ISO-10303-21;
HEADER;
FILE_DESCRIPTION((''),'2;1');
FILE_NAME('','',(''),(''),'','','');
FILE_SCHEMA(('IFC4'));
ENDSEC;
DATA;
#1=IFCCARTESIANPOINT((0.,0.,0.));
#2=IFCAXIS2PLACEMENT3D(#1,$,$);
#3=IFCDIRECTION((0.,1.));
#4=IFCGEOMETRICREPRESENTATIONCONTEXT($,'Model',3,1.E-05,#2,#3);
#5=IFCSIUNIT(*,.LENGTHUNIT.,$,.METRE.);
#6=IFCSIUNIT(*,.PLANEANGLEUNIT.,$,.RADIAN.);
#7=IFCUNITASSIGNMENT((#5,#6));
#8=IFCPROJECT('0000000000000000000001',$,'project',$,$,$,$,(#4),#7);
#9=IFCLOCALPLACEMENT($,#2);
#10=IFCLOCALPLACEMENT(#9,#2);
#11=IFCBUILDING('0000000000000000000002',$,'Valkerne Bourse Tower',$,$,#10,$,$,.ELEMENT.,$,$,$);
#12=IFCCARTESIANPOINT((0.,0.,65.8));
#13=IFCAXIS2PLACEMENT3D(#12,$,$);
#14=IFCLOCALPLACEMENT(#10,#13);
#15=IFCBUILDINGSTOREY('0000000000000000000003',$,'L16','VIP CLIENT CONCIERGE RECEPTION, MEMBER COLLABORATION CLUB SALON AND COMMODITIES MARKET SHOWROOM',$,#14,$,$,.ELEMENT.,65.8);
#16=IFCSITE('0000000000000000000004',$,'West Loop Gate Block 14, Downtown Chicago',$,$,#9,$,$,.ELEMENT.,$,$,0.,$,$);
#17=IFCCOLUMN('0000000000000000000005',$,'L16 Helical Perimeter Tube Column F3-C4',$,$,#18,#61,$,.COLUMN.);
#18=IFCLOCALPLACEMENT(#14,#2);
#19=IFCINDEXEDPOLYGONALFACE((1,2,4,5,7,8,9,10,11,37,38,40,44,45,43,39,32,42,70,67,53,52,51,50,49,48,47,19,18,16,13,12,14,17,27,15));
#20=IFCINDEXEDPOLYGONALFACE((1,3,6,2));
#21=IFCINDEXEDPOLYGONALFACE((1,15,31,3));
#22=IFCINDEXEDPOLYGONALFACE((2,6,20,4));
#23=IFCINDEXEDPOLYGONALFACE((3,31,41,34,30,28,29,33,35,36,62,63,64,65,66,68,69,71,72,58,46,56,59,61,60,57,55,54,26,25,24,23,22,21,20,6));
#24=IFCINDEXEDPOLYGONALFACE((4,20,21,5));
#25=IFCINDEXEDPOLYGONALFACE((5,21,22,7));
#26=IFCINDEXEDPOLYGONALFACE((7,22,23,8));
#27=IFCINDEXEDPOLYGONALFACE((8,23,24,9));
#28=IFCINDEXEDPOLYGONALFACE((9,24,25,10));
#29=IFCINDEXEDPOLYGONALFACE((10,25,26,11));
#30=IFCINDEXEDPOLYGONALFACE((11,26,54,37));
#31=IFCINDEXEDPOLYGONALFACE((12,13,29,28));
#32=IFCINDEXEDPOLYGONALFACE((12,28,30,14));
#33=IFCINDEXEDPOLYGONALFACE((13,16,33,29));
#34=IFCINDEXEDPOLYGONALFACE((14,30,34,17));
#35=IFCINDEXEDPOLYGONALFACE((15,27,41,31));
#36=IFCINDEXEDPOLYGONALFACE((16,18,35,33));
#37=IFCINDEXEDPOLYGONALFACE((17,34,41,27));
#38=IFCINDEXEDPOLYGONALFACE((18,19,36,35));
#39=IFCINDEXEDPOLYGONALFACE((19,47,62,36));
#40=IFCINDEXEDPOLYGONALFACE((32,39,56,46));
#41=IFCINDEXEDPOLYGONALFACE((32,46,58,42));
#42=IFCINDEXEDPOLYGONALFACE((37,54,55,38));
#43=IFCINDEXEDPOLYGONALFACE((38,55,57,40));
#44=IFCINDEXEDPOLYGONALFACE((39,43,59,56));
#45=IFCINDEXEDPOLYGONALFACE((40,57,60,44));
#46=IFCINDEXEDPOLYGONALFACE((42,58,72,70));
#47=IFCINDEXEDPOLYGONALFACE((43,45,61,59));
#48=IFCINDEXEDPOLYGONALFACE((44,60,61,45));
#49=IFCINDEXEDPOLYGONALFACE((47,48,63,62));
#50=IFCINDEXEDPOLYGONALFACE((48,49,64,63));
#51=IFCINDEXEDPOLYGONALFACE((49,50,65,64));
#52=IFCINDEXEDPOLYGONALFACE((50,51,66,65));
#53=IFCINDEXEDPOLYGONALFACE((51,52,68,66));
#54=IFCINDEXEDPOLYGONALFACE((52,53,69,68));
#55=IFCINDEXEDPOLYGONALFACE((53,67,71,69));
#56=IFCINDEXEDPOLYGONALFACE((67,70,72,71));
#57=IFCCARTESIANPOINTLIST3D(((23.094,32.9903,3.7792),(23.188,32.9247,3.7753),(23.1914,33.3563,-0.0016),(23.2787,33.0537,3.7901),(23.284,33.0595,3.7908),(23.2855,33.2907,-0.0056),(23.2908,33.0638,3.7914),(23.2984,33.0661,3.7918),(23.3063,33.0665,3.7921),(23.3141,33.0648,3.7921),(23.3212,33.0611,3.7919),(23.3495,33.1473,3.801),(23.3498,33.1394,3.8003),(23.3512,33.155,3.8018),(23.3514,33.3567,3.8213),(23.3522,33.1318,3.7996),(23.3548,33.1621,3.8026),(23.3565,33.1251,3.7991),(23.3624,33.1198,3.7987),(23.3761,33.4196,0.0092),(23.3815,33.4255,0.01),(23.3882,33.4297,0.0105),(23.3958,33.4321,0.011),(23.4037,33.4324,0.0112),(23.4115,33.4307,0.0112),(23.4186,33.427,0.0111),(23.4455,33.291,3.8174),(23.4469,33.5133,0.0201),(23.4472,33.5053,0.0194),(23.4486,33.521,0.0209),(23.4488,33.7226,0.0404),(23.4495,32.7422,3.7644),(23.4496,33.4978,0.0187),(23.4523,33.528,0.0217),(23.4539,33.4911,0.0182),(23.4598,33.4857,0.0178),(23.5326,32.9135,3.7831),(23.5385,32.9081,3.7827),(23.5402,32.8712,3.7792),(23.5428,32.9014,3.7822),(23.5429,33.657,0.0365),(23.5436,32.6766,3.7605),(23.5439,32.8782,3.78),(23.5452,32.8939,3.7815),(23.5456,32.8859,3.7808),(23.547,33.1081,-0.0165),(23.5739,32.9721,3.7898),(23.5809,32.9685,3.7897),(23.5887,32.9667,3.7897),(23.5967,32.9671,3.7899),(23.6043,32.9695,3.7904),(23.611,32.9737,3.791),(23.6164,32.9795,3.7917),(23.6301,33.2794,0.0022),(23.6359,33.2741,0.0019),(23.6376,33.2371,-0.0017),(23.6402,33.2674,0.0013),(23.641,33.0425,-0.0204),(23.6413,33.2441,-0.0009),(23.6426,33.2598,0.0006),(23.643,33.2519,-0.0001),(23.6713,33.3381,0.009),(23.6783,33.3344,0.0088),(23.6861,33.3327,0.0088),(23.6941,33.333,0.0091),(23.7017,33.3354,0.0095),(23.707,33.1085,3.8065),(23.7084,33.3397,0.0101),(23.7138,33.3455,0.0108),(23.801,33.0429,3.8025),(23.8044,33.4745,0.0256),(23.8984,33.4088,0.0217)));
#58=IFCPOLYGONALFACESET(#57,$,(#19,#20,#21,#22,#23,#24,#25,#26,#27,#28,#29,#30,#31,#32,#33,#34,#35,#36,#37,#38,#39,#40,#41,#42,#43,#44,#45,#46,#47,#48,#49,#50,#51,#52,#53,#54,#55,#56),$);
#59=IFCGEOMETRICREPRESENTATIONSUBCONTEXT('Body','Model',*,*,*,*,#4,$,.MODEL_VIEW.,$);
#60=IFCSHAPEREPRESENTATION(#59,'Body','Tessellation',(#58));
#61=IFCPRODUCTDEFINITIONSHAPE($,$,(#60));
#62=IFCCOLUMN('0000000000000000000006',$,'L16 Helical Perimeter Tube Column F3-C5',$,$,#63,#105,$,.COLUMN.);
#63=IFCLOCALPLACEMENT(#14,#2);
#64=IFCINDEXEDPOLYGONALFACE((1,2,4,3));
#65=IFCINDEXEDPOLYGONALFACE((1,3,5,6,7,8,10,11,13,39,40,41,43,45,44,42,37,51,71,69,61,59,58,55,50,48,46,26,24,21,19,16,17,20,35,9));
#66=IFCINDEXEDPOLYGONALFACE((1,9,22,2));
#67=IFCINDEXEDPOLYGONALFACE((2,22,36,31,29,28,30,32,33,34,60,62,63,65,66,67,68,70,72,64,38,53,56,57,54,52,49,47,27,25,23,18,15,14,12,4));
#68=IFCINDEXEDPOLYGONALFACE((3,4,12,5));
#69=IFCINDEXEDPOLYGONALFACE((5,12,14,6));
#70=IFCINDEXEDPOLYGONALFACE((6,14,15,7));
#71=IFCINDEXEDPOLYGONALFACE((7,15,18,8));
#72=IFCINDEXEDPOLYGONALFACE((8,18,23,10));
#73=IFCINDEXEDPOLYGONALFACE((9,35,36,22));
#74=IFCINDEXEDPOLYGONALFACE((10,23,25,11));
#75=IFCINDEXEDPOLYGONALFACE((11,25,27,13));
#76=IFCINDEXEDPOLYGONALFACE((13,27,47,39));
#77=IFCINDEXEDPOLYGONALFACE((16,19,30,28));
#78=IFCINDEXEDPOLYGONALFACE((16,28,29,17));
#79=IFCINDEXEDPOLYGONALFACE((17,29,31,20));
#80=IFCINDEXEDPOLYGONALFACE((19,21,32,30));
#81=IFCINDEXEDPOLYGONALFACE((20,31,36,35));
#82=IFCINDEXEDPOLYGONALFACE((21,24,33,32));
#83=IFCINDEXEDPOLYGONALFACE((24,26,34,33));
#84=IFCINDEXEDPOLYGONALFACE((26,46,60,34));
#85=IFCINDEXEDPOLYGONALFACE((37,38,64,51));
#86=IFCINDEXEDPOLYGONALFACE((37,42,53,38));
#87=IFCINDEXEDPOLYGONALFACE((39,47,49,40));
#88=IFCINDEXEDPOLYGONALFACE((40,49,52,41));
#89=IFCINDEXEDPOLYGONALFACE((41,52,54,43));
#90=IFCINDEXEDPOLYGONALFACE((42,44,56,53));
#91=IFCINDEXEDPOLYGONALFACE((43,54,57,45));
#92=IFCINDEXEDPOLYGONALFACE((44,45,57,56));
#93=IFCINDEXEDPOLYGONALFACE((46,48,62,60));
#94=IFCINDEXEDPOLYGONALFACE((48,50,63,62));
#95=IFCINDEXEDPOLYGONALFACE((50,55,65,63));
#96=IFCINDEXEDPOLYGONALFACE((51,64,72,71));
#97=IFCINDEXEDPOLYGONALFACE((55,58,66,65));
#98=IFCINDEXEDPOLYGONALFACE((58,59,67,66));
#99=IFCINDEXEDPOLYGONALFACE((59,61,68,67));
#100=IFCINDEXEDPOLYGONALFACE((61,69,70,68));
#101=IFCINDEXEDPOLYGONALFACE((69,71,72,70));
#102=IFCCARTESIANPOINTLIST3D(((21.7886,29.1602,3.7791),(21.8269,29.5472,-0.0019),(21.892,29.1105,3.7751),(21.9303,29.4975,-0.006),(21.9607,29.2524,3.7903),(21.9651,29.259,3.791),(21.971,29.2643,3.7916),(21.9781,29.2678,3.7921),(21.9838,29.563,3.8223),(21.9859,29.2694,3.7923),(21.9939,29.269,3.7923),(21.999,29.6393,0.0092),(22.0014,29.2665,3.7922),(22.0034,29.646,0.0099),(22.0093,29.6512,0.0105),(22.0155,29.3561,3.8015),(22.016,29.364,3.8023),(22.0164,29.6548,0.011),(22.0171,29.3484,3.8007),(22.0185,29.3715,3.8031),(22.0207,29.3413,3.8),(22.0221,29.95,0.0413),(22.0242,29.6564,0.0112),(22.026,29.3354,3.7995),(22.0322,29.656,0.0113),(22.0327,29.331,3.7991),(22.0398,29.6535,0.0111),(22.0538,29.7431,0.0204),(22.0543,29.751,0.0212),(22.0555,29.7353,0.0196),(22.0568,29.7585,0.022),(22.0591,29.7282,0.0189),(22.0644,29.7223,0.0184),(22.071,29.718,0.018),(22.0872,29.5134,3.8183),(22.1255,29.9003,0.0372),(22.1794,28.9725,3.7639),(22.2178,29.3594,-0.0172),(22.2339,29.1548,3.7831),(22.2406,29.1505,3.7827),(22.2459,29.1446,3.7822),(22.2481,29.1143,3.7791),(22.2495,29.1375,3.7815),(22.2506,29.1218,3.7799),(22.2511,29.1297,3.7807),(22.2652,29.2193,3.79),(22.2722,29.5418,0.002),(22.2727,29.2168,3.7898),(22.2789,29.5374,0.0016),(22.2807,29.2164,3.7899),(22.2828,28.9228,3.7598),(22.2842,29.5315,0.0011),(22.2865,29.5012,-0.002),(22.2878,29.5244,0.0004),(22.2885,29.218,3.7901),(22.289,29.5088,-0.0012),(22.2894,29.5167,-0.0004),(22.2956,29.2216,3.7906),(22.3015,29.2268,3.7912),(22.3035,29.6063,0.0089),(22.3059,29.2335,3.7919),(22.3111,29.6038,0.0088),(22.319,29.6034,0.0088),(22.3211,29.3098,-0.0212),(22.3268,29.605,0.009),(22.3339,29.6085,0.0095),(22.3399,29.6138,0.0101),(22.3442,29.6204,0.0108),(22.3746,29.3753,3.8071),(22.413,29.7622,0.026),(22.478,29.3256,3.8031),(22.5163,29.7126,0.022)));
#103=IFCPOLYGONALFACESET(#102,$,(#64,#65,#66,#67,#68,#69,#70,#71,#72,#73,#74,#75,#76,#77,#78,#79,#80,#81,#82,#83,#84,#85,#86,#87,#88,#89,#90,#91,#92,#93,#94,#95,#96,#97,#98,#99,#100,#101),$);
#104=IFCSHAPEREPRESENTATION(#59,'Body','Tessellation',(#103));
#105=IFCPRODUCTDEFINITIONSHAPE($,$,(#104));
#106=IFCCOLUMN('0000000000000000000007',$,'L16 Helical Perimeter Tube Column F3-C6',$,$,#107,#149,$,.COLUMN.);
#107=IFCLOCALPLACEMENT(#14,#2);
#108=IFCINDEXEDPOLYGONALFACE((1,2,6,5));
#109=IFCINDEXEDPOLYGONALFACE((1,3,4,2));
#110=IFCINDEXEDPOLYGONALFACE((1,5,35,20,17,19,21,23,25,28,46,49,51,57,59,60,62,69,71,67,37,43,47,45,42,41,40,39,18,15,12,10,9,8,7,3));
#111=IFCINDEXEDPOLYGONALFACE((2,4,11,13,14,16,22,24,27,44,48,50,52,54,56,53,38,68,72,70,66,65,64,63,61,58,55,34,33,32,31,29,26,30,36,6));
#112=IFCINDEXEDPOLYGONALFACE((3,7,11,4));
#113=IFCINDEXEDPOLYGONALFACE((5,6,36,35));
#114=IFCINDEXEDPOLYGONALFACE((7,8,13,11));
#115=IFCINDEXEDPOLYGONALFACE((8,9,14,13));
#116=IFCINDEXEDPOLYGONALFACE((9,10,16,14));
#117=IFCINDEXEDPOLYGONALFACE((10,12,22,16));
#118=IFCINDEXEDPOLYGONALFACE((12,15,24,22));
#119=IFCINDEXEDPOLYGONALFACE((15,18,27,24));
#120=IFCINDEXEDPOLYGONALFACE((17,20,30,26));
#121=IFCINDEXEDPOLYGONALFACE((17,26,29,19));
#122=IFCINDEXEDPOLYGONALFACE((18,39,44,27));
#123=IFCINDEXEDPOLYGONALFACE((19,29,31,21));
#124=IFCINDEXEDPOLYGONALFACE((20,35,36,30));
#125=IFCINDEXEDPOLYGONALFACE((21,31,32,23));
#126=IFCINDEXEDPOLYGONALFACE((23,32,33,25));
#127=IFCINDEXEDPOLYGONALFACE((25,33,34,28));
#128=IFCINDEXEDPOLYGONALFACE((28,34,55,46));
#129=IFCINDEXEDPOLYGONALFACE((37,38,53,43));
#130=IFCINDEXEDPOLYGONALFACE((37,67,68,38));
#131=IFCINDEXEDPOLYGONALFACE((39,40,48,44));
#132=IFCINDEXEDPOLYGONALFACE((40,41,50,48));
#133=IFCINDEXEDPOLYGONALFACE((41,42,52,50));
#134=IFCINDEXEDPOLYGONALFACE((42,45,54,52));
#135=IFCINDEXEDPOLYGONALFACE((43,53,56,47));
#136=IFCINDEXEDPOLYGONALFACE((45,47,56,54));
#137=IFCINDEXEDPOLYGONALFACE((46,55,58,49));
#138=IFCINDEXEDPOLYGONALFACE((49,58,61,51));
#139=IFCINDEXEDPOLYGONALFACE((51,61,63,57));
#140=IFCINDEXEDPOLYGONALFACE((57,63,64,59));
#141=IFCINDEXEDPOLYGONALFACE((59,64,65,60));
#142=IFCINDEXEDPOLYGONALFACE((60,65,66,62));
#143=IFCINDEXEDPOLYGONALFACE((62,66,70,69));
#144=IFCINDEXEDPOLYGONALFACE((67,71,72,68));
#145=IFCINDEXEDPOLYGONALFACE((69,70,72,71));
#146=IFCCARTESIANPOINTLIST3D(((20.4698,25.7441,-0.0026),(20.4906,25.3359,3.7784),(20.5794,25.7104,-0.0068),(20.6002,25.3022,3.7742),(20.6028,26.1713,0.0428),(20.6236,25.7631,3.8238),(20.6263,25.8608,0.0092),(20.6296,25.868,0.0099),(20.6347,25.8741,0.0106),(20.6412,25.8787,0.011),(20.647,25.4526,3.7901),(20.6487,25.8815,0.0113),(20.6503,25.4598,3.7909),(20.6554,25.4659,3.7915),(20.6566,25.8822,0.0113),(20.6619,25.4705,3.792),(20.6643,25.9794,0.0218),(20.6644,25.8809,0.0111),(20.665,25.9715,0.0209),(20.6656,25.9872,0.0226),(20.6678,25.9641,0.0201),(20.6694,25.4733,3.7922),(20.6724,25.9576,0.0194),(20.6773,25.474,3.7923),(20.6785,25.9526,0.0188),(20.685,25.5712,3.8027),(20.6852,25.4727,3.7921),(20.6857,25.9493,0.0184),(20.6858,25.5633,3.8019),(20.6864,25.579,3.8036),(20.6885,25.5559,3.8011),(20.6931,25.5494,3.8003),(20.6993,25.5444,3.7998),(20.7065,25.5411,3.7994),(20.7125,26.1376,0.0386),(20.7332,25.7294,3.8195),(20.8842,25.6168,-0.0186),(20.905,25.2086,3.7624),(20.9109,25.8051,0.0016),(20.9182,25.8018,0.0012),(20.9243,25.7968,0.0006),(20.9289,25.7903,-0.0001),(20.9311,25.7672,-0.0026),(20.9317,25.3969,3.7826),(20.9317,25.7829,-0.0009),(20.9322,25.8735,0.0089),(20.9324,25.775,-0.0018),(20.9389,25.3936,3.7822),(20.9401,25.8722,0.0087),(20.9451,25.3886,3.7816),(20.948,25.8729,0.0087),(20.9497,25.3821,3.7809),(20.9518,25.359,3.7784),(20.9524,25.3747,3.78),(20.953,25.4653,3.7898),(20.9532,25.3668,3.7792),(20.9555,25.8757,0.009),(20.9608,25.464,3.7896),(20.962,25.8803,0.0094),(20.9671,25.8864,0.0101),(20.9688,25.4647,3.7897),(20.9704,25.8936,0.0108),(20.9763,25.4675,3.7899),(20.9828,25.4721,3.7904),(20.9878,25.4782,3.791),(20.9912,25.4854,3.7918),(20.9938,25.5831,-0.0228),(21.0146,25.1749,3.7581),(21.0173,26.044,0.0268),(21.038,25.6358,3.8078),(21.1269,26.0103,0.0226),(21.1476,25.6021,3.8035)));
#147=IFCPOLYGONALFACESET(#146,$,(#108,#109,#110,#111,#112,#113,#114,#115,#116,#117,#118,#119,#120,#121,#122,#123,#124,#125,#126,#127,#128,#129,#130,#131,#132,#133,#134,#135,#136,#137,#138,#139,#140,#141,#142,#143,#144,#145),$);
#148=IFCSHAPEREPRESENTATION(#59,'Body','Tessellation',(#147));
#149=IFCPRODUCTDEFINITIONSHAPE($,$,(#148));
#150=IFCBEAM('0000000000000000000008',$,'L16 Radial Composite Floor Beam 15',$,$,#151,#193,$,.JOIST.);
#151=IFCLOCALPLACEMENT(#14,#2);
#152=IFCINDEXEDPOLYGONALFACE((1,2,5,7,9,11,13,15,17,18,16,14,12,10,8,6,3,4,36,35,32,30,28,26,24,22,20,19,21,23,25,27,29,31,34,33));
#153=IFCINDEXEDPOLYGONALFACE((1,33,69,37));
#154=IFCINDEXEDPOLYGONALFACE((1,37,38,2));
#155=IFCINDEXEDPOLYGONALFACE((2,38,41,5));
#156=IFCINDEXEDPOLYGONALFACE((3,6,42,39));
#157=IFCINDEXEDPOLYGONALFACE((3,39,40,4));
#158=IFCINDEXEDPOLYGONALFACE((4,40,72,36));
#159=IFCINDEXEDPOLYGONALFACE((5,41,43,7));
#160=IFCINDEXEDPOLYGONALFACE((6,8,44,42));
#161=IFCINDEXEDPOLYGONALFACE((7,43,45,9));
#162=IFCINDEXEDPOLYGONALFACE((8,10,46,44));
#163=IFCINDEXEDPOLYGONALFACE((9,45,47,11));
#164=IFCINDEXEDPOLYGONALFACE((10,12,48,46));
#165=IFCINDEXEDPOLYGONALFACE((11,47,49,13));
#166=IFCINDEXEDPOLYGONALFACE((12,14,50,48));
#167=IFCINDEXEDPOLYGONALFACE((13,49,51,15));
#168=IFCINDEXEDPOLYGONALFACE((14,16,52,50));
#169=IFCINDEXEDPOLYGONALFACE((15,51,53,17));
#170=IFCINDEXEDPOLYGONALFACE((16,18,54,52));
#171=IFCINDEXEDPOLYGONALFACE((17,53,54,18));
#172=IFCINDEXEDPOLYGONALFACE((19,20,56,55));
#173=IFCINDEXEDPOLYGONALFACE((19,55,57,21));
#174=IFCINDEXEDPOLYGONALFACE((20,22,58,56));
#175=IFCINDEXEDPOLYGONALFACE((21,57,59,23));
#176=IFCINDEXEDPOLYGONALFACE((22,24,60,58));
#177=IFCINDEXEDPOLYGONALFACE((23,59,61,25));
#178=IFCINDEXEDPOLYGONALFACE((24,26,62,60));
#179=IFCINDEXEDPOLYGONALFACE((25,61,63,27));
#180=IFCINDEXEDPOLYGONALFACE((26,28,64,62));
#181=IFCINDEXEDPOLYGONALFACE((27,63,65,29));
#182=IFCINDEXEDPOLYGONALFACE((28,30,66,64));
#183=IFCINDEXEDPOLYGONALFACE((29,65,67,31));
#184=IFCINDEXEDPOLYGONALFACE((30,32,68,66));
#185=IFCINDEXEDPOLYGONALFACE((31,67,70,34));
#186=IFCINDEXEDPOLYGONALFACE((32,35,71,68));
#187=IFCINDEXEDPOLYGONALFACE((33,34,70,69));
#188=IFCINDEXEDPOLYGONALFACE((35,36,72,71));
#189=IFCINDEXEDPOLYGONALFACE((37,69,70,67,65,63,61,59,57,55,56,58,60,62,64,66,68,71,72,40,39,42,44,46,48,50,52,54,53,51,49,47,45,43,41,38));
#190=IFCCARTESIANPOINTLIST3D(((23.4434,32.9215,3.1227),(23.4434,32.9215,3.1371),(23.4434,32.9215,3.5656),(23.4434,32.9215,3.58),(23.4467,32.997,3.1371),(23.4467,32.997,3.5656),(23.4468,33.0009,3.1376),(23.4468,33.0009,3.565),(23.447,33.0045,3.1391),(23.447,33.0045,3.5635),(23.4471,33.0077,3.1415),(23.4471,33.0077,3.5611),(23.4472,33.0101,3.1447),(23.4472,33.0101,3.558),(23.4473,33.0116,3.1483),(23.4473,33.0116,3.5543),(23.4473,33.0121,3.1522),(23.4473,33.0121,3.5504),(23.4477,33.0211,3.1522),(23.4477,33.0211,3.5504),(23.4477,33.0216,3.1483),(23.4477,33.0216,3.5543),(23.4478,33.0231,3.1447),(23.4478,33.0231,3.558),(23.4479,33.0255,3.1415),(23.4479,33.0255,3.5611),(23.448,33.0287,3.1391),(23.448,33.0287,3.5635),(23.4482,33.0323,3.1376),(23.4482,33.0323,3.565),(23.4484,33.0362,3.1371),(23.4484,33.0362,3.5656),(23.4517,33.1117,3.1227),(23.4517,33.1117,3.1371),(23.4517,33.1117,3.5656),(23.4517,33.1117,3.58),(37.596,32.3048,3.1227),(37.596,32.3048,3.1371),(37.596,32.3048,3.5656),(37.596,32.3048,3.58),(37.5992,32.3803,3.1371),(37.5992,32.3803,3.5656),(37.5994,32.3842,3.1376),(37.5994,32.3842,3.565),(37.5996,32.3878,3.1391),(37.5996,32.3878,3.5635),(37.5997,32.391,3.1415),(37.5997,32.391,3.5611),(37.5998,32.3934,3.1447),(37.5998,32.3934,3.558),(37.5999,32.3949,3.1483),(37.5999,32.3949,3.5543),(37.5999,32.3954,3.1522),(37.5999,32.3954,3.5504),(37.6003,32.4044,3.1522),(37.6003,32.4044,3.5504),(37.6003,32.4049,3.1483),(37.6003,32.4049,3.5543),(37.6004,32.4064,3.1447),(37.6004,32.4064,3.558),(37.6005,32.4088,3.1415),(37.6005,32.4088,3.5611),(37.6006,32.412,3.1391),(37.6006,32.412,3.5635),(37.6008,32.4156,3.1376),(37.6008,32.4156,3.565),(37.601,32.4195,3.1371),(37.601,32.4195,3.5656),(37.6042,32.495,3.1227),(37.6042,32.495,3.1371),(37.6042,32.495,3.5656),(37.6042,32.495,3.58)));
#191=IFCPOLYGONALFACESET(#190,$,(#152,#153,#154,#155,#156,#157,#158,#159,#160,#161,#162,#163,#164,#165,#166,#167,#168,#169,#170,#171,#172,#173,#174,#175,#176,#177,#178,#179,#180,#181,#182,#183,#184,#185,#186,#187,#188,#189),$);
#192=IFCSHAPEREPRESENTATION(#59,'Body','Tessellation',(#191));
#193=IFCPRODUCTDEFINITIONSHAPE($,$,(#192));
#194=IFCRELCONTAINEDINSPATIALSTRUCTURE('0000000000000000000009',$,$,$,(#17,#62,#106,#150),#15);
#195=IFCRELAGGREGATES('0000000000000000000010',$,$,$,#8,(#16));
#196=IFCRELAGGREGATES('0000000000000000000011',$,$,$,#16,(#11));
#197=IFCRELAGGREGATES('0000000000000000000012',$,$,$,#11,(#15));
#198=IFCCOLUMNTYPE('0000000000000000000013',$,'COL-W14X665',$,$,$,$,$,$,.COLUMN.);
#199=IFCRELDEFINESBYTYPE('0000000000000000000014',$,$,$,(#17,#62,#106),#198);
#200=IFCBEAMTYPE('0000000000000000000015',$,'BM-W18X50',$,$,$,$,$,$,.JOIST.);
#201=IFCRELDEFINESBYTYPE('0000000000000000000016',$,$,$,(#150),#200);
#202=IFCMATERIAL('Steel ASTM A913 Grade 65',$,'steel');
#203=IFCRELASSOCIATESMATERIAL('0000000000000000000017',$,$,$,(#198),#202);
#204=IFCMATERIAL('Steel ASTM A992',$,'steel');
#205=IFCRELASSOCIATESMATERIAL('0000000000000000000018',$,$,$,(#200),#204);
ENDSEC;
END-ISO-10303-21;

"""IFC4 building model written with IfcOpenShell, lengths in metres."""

from ifc_helpers import new_model, si_unit, direction, frame, origin, origin_2d, place, context, subcontext, project, spatial, i_section, extrude, material, material_profile, profile_set, type_object, element, save


model = new_model("IFC4")

# Units and contexts
model_context = context("Model", 3, precision=1e-05, world=origin(), true_north=direction((0.0, 1.0)))
body_context = subcontext(model_context, "Body", "Model", "MODEL_VIEW")
ifc_project = project(units=[si_unit("LENGTHUNIT", "METRE"), si_unit("PLANEANGLEUNIT", "RADIAN")], contexts=[model_context])

# Site, building, storey
site_placement = place(None, origin())
site = spatial("IfcSite", under=ifc_project, at=site_placement, Name="West Loop Gate Block 14, Downtown Chicago", CompositionType="ELEMENT", RefElevation=0.0)
building_placement = place(site_placement, origin())
building = spatial("IfcBuilding", under=site, at=building_placement, Name="Valkerne Bourse Tower", CompositionType="ELEMENT")
storey_placement = place(building_placement, frame((0.0, 0.0, 65.8)))
storey = spatial("IfcBuildingStorey", under=building, at=storey_placement, Name="L16", Description="VIP CLIENT CONCIERGE RECEPTION, MEMBER COLLABORATION CLUB SALON AND COMMODITIES MARKET SHOWROOM", CompositionType="ELEMENT", Elevation=65.8)

# Columns
ifc_material_1 = material(Name="Steel ASTM A913 Grade 65", Category="steel")
ifc_material_profile_1 = material_profile(ifc_material_1, i_section(OverallWidth=0.4497, OverallDepth=0.5486, WebThickness=0.072, FlangeThickness=0.1147, FilletRadius=0.0305, at=origin_2d()), Name="W14X665")
ifc_profile_set_1 = profile_set([ifc_material_profile_1], Name="Steel ASTM A913 Grade 65")
column_type = type_object("IfcColumnType", Name="COL-W14X665", PredefinedType="COLUMN", material=ifc_profile_set_1)
column_1_placement = place(storey_placement, frame((23.5449, 33.3826, 0.01), z_axis=(-0.025635, -0.096309, 0.995021), x_axis=(-0.572449, -0.814581, -0.093592)))
element("IfcColumn", 1, at=column_1_placement, inside=storey, type_object=column_type, Name="L16 Helical Perimeter Tube Column F3-C4", PredefinedType="COLUMN", context=body_context, shape_type="SweptSolid", body=[
    extrude(i_section(OverallWidth=0.4497, OverallDepth=0.5486, WebThickness=0.072, FlangeThickness=0.1147, FilletRadius=0.0305, at=origin_2d()), origin(), (0.0, 0.0, 1.0), 3.7998),
])
column_2_placement = place(storey_placement, frame((22.1716, 29.6299, 0.01), z_axis=(-0.010084, -0.101807, 0.994753), x_axis=(-0.434068, -0.895743, -0.096074)))
element("IfcColumn", 2, at=column_2_placement, inside=storey, type_object=column_type, Name="L16 Helical Perimeter Tube Column F3-C5", PredefinedType="COLUMN", context=body_context, shape_type="SweptSolid", body=[
    extrude(i_section(OverallWidth=0.4497, OverallDepth=0.5486, WebThickness=0.072, FlangeThickness=0.1147, FilletRadius=0.0305, at=origin_2d()), origin(), (0.0, 0.0, 1.0), 3.801),
])
column_3_placement = place(storey_placement, frame((20.7983, 25.8772, 0.01), z_axis=(0.005457, -0.107336, 0.994208), x_axis=(-0.295813, -0.949899, -0.100929)))
element("IfcColumn", 3, at=column_3_placement, inside=storey, type_object=column_type, Name="L16 Helical Perimeter Tube Column F3-C6", PredefinedType="COLUMN", context=body_context, shape_type="SweptSolid", body=[
    extrude(i_section(OverallWidth=0.4497, OverallDepth=0.5486, WebThickness=0.072, FlangeThickness=0.1147, FilletRadius=0.0305, at=origin_2d()), origin(), (0.0, 0.0, 1.0), 3.803),
])

# Beam
ifc_material_2 = material(Name="Steel ASTM A992", Category="steel")
ifc_material_profile_2 = material_profile(ifc_material_2, i_section(OverallWidth=0.1904, OverallDepth=0.4573, WebThickness=0.009, FlangeThickness=0.0144, FilletRadius=0.0151, at=origin_2d()), Name="W18X50")
ifc_profile_set_2 = profile_set([ifc_material_profile_2], Name="Steel ASTM A992")
beam_type_1 = type_object("IfcBeamType", Name="BM-W18X50", PredefinedType="JOIST", material=ifc_profile_set_2)
beam_1_placement = place(storey_placement, frame((23.4475, 33.0166, 3.3513), z_axis=(0.999052, -0.043534, 0.0), x_axis=(0.043534, 0.999052, 0.0)))
element("IfcBeam", 4, at=beam_1_placement, inside=storey, type_object=beam_type_1, Name="L16 Radial Composite Floor Beam 15", PredefinedType="JOIST", context=body_context, shape_type="SweptSolid", body=[
    extrude(i_section(OverallWidth=0.1904, OverallDepth=0.4573, WebThickness=0.009, FlangeThickness=0.0144, FilletRadius=0.0151, at=origin_2d()), origin(), (0.0, 0.0, 1.0), 14.166),
])

save(model, "model.ifc")
